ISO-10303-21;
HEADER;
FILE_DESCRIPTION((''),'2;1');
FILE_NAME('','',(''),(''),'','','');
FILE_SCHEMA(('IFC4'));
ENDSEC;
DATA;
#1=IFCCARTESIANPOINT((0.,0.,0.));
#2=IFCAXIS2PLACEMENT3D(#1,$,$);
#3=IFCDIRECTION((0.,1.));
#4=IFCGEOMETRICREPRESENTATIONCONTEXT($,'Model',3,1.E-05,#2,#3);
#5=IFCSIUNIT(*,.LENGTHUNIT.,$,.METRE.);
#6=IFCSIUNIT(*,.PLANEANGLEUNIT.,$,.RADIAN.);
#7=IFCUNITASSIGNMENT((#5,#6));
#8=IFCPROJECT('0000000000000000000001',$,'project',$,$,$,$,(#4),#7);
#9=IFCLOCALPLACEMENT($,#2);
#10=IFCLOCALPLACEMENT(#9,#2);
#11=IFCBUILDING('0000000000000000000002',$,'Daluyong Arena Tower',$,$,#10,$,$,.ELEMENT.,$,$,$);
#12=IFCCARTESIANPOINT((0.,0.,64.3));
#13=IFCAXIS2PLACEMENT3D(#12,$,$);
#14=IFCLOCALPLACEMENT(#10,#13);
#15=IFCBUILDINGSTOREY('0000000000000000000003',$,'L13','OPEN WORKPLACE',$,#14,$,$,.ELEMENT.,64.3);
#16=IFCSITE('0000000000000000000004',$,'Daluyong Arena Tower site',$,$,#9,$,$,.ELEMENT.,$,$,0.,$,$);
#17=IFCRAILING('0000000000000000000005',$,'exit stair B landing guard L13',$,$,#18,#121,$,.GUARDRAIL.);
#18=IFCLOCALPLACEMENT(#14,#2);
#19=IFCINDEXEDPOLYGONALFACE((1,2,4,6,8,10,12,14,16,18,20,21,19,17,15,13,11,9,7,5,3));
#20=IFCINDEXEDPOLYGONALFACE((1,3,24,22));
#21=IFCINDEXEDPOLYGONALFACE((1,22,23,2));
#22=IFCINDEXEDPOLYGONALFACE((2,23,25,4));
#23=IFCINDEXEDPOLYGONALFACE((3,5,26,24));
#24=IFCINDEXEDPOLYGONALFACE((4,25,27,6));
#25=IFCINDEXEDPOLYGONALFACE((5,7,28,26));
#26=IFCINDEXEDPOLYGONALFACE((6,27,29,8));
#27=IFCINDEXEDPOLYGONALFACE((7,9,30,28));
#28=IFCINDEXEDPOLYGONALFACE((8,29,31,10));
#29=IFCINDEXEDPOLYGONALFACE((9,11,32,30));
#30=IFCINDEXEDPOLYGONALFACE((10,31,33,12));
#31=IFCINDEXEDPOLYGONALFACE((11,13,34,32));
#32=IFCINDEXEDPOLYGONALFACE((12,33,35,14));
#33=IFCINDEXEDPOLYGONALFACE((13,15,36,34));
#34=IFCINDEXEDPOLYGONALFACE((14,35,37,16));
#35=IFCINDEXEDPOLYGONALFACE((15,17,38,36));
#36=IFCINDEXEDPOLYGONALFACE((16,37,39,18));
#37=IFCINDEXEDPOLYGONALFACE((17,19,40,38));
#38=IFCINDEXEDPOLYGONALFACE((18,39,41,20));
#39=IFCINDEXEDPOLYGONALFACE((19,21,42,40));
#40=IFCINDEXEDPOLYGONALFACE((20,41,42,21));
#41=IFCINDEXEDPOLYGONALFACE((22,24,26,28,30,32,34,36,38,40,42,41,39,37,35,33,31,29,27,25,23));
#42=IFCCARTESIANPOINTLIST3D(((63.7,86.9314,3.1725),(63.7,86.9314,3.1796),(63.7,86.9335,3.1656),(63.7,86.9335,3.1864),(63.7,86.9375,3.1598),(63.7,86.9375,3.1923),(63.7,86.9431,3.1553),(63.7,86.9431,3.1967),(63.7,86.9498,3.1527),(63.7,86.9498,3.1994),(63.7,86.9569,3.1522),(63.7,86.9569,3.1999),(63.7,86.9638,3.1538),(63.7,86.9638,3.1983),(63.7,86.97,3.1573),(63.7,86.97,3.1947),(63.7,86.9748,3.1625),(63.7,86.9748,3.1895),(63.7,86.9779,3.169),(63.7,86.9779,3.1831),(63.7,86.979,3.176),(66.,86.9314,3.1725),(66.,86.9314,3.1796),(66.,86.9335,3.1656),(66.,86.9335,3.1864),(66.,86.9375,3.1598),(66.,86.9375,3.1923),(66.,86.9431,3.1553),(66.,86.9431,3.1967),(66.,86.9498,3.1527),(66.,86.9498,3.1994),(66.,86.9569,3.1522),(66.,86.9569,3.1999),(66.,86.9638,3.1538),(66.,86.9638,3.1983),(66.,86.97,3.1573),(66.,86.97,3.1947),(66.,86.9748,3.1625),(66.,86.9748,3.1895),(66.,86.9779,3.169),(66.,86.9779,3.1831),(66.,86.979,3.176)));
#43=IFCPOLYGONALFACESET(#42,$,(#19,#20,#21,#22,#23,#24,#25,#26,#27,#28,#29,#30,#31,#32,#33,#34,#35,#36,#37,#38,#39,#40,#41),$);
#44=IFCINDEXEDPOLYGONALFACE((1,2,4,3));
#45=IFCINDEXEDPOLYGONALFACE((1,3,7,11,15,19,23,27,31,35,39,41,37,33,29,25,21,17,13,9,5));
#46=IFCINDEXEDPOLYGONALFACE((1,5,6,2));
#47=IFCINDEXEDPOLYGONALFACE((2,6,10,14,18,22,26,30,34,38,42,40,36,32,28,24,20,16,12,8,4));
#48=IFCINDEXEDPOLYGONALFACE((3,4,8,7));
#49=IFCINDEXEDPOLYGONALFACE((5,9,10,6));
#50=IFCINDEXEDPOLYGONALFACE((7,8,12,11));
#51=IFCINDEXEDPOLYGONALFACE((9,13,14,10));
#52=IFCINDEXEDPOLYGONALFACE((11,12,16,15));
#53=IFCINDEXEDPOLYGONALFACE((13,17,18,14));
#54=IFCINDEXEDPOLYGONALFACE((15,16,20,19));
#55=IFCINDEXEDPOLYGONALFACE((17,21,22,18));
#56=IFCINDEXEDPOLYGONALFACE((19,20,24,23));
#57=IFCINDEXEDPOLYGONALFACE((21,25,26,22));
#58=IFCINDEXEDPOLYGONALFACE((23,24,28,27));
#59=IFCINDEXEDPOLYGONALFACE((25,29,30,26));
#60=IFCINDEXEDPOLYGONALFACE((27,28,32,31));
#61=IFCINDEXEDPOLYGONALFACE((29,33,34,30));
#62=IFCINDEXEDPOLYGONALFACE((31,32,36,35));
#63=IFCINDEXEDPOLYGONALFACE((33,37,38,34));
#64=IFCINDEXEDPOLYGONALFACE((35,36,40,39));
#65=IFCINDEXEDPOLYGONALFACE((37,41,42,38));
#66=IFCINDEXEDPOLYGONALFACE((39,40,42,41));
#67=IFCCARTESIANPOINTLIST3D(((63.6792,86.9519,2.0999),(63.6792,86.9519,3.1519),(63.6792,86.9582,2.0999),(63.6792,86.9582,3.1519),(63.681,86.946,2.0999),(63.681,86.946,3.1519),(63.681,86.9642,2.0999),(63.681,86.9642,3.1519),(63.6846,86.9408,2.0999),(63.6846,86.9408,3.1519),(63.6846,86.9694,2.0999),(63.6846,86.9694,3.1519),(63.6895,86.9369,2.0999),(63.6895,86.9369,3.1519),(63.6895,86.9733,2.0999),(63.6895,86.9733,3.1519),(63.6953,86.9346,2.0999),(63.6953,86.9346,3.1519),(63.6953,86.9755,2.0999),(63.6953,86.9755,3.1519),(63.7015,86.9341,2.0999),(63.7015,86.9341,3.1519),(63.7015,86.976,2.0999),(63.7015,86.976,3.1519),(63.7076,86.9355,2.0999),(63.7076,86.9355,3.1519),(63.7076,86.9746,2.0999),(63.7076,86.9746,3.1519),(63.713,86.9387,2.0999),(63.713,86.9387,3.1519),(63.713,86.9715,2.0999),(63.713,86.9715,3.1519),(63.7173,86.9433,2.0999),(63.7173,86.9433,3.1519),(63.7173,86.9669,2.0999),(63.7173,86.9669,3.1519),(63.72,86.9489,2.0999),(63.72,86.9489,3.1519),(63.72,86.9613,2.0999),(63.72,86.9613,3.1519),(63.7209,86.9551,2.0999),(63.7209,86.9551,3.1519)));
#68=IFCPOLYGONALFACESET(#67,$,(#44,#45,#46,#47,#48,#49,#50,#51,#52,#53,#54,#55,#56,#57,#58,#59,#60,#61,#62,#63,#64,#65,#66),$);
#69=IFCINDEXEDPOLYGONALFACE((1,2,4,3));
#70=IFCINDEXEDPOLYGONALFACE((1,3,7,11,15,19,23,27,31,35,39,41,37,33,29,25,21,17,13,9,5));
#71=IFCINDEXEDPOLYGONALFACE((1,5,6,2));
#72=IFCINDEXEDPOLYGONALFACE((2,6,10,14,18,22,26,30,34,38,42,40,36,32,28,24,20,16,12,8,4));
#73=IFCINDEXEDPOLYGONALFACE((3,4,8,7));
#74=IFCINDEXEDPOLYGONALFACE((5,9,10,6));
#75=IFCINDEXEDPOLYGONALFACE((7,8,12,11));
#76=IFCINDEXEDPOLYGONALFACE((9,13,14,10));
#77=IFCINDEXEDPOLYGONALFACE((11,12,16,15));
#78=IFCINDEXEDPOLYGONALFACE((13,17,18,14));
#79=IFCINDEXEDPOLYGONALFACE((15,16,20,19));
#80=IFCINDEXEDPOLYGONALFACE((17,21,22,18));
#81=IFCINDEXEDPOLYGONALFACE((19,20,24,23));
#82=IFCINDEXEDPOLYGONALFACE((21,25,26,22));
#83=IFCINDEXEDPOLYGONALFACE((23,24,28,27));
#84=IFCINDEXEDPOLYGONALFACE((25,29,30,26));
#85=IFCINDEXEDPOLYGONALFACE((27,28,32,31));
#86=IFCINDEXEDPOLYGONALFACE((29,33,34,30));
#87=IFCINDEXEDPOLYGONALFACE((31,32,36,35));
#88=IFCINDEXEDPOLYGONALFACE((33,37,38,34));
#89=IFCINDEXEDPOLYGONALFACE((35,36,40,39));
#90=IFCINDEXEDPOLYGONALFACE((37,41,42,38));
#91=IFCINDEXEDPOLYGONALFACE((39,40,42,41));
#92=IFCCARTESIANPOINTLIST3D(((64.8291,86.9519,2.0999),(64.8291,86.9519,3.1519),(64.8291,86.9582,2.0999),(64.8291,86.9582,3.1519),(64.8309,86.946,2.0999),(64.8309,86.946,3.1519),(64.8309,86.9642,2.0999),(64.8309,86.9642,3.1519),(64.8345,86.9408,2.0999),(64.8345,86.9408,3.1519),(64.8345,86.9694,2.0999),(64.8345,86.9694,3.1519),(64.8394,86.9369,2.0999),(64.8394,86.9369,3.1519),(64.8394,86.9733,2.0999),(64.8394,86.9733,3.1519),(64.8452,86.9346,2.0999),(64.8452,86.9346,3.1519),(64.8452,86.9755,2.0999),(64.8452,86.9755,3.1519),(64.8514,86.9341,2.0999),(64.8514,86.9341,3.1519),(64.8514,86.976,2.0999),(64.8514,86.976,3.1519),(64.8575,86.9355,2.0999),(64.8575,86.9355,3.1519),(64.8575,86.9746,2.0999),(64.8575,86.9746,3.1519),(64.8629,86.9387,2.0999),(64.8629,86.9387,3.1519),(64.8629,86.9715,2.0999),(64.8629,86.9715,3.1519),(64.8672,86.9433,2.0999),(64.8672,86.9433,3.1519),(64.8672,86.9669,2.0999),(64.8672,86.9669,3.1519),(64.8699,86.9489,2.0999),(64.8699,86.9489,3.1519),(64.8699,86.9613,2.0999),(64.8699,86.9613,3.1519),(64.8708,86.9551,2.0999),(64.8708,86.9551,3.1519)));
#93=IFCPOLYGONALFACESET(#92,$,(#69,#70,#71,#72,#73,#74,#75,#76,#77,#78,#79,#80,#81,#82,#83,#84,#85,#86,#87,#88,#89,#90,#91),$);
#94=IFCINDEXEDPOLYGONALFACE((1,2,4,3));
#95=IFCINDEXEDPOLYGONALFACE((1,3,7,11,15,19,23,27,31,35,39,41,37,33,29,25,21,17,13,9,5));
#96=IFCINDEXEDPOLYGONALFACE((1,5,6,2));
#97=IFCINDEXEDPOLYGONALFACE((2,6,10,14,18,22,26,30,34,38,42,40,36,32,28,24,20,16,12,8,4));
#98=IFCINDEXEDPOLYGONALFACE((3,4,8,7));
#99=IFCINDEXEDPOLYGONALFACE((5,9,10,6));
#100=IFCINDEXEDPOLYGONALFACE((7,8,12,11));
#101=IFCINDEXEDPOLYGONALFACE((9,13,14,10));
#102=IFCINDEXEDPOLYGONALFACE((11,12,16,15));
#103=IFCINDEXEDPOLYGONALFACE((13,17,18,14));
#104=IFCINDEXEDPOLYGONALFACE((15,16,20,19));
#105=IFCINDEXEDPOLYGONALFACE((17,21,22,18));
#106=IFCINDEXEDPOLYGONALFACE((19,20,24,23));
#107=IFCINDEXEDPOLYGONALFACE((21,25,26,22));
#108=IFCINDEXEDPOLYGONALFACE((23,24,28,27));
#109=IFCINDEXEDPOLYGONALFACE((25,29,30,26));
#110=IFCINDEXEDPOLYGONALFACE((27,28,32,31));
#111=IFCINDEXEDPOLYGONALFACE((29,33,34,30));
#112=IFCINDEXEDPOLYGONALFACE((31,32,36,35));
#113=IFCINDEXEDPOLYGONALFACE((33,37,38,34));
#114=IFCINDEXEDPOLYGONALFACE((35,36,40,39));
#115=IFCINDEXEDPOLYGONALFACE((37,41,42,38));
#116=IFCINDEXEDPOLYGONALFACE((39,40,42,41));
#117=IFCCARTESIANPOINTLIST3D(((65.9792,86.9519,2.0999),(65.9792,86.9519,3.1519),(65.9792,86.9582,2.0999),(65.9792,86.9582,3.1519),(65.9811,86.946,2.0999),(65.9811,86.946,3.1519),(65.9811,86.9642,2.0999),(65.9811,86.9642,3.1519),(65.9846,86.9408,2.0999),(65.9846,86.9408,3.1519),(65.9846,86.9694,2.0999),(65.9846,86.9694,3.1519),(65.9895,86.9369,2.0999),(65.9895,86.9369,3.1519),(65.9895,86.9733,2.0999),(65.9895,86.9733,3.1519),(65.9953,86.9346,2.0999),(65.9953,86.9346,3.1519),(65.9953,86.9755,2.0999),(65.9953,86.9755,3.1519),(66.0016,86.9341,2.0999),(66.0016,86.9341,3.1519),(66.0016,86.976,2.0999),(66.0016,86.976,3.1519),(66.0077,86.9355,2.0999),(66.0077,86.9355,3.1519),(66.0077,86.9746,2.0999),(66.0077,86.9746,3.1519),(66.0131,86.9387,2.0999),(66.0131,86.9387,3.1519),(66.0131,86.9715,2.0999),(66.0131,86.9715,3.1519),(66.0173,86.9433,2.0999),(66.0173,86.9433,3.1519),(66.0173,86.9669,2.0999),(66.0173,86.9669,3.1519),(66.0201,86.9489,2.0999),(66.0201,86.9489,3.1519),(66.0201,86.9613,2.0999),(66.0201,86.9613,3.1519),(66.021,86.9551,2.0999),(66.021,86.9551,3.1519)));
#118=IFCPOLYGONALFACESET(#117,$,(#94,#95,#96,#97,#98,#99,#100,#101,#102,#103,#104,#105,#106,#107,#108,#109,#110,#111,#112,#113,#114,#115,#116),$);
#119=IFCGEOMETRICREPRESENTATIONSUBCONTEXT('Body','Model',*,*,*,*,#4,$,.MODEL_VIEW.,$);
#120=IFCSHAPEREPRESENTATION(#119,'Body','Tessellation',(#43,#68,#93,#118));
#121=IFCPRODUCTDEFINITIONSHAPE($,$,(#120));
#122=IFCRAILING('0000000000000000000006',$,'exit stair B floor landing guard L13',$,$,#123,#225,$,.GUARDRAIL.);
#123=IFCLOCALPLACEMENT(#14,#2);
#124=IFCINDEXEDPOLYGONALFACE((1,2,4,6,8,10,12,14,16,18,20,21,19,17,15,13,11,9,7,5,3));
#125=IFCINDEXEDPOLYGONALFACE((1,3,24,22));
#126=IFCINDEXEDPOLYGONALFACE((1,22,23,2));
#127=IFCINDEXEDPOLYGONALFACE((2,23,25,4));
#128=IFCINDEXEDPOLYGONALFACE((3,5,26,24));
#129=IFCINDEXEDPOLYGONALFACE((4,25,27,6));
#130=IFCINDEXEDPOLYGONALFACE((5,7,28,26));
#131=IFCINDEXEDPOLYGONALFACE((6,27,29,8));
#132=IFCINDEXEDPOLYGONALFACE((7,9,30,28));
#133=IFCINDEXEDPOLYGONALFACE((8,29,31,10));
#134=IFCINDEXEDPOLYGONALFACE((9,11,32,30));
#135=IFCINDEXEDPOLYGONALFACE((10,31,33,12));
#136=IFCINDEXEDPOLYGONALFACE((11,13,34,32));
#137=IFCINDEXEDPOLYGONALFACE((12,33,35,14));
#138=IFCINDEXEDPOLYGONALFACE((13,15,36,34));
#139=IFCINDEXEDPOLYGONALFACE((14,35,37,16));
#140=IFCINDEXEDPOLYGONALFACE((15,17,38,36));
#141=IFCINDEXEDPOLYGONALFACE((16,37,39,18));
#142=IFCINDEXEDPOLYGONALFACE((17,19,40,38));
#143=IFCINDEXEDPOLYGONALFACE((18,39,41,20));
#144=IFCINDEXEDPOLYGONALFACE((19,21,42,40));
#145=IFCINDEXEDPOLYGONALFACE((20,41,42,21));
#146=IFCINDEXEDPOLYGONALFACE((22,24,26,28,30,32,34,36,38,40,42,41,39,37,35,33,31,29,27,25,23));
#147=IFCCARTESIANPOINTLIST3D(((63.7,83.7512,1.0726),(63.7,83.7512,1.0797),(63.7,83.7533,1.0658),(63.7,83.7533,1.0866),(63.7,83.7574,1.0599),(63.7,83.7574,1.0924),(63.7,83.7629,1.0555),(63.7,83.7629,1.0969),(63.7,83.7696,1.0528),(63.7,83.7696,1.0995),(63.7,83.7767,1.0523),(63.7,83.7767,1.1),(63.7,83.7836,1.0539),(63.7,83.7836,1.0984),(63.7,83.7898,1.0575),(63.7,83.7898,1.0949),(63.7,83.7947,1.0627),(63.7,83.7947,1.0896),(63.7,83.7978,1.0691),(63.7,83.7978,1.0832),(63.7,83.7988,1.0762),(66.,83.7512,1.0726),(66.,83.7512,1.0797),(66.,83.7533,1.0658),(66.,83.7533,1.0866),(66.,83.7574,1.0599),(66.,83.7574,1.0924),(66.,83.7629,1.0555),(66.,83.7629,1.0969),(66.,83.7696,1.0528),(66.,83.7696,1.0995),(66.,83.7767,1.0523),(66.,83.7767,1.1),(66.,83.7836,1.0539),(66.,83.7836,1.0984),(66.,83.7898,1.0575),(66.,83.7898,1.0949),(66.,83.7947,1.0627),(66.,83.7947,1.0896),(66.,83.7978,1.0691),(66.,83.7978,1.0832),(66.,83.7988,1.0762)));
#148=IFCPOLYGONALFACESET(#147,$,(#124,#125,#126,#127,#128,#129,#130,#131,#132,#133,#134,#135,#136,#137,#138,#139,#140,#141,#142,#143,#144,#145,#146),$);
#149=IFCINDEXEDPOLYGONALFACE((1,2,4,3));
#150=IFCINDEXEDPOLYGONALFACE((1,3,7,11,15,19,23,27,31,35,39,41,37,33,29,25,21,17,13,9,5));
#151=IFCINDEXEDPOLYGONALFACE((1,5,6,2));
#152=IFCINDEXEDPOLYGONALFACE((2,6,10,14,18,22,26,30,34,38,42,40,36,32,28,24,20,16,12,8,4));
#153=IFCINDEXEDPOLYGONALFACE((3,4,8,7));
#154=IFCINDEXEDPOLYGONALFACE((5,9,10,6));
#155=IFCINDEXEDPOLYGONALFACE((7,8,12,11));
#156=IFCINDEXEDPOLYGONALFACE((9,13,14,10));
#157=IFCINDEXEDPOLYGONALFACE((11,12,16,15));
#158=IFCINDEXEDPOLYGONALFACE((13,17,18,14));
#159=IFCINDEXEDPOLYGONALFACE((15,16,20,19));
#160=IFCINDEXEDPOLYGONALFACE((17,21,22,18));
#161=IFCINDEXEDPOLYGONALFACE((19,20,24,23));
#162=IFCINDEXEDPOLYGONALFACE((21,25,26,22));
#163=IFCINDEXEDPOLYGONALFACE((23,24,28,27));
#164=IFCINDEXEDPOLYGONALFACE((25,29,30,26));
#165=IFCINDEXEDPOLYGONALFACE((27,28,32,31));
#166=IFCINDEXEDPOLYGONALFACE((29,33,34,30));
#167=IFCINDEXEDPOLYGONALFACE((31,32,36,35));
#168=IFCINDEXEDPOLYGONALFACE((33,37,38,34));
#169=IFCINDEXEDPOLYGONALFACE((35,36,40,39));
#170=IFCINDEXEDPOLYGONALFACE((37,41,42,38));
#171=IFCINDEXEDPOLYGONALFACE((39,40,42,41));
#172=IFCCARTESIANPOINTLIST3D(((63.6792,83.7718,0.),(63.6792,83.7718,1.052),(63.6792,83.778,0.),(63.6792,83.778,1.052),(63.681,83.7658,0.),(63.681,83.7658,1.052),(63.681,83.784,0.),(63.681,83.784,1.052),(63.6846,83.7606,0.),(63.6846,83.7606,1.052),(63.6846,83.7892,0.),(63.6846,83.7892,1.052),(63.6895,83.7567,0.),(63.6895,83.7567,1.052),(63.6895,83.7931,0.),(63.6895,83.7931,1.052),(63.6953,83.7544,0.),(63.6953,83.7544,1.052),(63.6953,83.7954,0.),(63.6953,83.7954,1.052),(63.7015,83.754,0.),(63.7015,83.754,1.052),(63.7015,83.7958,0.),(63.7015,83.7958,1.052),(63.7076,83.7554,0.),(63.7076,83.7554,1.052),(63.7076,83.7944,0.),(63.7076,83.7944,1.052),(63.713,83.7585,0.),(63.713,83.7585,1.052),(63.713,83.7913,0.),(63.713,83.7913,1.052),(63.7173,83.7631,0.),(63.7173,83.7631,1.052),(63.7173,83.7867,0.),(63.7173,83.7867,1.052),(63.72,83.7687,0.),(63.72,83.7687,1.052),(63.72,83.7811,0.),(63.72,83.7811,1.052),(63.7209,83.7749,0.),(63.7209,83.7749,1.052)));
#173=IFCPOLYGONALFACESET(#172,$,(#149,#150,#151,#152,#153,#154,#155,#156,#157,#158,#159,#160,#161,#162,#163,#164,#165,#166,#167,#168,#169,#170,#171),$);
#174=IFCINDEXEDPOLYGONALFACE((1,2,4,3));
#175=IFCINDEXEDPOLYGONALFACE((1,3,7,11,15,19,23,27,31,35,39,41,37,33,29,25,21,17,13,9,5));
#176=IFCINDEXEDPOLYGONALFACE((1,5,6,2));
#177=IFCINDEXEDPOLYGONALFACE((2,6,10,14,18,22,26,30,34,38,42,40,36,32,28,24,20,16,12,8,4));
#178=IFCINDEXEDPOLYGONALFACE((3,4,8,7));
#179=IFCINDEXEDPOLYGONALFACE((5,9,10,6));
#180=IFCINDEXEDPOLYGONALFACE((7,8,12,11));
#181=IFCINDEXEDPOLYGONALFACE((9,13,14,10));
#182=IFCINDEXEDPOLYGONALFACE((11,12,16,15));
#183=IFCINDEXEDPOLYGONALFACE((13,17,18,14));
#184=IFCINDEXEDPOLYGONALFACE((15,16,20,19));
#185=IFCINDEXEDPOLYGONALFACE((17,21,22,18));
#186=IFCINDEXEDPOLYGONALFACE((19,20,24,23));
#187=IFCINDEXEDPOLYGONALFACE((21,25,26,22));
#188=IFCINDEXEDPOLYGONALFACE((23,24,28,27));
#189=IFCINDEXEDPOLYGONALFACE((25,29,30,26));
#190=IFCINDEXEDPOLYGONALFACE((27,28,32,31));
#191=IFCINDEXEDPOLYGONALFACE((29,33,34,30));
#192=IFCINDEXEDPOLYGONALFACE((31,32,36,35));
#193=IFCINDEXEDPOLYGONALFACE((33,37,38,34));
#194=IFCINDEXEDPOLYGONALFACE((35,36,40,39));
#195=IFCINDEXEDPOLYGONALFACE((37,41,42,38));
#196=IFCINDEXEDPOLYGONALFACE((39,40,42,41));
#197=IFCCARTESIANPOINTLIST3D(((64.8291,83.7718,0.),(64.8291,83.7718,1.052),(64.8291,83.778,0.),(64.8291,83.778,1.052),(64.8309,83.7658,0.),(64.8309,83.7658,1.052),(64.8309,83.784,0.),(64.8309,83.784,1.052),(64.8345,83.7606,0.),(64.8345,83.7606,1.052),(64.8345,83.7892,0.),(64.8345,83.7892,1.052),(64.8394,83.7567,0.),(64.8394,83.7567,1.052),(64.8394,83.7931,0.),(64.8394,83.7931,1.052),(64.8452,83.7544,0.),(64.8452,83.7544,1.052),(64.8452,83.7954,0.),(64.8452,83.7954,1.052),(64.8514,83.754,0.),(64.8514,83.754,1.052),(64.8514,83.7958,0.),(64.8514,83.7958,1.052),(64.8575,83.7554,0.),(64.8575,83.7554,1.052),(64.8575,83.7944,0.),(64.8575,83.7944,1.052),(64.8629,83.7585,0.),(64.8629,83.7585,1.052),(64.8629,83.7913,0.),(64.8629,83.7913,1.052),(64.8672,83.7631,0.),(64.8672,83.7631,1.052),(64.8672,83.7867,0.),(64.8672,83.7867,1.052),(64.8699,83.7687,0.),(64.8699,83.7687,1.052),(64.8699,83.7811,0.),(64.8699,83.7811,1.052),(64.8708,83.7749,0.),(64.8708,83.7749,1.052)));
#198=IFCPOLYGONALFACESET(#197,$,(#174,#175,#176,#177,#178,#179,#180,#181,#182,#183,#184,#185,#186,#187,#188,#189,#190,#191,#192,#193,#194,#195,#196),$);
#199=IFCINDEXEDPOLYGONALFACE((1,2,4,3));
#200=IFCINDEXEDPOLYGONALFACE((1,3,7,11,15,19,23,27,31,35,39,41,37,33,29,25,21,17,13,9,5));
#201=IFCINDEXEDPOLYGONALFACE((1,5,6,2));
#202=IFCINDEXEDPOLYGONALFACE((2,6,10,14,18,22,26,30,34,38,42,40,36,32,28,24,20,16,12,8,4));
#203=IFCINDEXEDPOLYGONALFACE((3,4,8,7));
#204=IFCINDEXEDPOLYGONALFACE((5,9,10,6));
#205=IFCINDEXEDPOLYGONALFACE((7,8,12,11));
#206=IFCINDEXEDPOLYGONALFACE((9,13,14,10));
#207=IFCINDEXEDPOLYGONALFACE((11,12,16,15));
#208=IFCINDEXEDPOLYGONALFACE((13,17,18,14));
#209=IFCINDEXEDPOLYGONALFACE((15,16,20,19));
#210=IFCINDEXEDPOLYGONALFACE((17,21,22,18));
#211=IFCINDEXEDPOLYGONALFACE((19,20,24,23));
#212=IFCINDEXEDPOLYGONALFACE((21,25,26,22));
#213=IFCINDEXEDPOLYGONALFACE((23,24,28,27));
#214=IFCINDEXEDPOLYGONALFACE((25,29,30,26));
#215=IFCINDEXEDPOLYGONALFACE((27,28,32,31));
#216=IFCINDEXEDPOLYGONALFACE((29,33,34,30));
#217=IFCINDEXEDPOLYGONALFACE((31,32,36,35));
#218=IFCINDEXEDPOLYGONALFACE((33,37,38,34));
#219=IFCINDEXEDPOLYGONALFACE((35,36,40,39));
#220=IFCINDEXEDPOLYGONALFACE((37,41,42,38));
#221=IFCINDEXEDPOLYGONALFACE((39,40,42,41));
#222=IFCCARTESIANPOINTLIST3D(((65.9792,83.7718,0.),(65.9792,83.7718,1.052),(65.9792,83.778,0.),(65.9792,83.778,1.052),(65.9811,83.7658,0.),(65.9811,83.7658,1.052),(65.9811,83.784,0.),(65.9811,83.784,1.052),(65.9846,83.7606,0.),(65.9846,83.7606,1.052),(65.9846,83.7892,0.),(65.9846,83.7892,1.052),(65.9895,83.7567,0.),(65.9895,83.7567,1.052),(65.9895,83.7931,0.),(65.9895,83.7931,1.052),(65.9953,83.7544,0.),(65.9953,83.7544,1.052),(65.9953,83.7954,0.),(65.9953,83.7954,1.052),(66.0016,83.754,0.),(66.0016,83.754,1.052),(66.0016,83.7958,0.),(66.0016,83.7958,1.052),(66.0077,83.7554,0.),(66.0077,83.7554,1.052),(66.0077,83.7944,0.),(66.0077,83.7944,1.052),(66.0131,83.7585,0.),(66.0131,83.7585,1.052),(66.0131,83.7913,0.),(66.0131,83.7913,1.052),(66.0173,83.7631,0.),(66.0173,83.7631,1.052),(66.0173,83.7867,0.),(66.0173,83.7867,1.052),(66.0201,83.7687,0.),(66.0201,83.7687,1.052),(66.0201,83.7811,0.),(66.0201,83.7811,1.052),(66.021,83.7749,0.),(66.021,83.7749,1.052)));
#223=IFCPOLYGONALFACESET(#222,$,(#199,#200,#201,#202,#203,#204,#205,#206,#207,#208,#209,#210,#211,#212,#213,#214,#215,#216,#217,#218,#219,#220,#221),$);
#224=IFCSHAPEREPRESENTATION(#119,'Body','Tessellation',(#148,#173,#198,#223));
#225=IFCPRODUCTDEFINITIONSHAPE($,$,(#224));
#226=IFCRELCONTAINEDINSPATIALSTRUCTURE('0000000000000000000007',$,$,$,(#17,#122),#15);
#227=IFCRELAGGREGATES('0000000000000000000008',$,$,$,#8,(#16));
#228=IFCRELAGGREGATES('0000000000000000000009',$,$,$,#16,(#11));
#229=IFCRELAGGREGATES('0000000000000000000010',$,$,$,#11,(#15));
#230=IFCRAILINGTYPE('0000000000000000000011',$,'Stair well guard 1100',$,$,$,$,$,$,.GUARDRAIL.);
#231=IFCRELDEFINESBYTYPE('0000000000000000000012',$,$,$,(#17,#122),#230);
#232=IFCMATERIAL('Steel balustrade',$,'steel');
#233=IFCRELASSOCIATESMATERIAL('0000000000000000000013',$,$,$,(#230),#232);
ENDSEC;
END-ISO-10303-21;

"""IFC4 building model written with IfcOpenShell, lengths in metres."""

from ifc_helpers import new_model, si_unit, direction, frame, origin, origin_2d, place, context, subcontext, project, spatial, circle, extrude, material, type_object, element, save


model = new_model("IFC4")

# Units and contexts
model_context = context("Model", 3, precision=1e-05, world=origin(), true_north=direction((0.0, 1.0)))
body_context = subcontext(model_context, "Body", "Model", "MODEL_VIEW")
ifc_project = project(units=[si_unit("LENGTHUNIT", "METRE"), si_unit("PLANEANGLEUNIT", "RADIAN")], contexts=[model_context])

# Site, building, storey
site_placement = place(None, origin())
site = spatial("IfcSite", under=ifc_project, at=site_placement, Name="Daluyong Arena Tower site", CompositionType="ELEMENT", RefElevation=0.0)
building_placement = place(site_placement, origin())
building = spatial("IfcBuilding", under=site, at=building_placement, Name="Daluyong Arena Tower", CompositionType="ELEMENT")
storey_placement = place(building_placement, frame((0.0, 0.0, 64.3)))
storey = spatial("IfcBuildingStorey", under=building, at=storey_placement, Name="L13", Description="OPEN WORKPLACE", CompositionType="ELEMENT", Elevation=64.3)

# Railings
ifc_material_1 = material(Name="Steel balustrade", Category="steel")
railing_type_1 = type_object("IfcRailingType", Name="Stair well guard 1100", PredefinedType="GUARDRAIL", material=ifc_material_1)
for number, where, name in (
    (1, (63.7, 86.9551, 2.0999), "exit stair B landing guard L13"),
    (2, (63.7, 83.7749, 0.0), "exit stair B floor landing guard L13"),
):
    element("IfcRailing", number, at=place(storey_placement, frame(where)), inside=storey, type_object=railing_type_1, Name=name, PredefinedType="GUARDRAIL", context=body_context, shape_type="SweptSolid", body=[
        extrude(circle(Radius=0.0239, at=origin_2d()), frame((0.0, 0.0, 1.0762), z_axis=(1.0, 0.0, 0.0), x_axis=(0.0, 1.0, 0.0)), (0.0, 0.0, 1.0), 2.3),
        extrude(circle(Radius=0.021, at=origin_2d()), origin(), (0.0, 0.0, 1.0), 1.052),
        extrude(circle(Radius=0.021, at=origin_2d()), frame((1.1499, 0.0, 0.0)), (0.0, 0.0, 1.0), 1.052),
        extrude(circle(Radius=0.021, at=origin_2d()), frame((2.3, 0.0, 0.0)), (0.0, 0.0, 1.0), 1.052),
    ])

save(model, "model.ifc")
